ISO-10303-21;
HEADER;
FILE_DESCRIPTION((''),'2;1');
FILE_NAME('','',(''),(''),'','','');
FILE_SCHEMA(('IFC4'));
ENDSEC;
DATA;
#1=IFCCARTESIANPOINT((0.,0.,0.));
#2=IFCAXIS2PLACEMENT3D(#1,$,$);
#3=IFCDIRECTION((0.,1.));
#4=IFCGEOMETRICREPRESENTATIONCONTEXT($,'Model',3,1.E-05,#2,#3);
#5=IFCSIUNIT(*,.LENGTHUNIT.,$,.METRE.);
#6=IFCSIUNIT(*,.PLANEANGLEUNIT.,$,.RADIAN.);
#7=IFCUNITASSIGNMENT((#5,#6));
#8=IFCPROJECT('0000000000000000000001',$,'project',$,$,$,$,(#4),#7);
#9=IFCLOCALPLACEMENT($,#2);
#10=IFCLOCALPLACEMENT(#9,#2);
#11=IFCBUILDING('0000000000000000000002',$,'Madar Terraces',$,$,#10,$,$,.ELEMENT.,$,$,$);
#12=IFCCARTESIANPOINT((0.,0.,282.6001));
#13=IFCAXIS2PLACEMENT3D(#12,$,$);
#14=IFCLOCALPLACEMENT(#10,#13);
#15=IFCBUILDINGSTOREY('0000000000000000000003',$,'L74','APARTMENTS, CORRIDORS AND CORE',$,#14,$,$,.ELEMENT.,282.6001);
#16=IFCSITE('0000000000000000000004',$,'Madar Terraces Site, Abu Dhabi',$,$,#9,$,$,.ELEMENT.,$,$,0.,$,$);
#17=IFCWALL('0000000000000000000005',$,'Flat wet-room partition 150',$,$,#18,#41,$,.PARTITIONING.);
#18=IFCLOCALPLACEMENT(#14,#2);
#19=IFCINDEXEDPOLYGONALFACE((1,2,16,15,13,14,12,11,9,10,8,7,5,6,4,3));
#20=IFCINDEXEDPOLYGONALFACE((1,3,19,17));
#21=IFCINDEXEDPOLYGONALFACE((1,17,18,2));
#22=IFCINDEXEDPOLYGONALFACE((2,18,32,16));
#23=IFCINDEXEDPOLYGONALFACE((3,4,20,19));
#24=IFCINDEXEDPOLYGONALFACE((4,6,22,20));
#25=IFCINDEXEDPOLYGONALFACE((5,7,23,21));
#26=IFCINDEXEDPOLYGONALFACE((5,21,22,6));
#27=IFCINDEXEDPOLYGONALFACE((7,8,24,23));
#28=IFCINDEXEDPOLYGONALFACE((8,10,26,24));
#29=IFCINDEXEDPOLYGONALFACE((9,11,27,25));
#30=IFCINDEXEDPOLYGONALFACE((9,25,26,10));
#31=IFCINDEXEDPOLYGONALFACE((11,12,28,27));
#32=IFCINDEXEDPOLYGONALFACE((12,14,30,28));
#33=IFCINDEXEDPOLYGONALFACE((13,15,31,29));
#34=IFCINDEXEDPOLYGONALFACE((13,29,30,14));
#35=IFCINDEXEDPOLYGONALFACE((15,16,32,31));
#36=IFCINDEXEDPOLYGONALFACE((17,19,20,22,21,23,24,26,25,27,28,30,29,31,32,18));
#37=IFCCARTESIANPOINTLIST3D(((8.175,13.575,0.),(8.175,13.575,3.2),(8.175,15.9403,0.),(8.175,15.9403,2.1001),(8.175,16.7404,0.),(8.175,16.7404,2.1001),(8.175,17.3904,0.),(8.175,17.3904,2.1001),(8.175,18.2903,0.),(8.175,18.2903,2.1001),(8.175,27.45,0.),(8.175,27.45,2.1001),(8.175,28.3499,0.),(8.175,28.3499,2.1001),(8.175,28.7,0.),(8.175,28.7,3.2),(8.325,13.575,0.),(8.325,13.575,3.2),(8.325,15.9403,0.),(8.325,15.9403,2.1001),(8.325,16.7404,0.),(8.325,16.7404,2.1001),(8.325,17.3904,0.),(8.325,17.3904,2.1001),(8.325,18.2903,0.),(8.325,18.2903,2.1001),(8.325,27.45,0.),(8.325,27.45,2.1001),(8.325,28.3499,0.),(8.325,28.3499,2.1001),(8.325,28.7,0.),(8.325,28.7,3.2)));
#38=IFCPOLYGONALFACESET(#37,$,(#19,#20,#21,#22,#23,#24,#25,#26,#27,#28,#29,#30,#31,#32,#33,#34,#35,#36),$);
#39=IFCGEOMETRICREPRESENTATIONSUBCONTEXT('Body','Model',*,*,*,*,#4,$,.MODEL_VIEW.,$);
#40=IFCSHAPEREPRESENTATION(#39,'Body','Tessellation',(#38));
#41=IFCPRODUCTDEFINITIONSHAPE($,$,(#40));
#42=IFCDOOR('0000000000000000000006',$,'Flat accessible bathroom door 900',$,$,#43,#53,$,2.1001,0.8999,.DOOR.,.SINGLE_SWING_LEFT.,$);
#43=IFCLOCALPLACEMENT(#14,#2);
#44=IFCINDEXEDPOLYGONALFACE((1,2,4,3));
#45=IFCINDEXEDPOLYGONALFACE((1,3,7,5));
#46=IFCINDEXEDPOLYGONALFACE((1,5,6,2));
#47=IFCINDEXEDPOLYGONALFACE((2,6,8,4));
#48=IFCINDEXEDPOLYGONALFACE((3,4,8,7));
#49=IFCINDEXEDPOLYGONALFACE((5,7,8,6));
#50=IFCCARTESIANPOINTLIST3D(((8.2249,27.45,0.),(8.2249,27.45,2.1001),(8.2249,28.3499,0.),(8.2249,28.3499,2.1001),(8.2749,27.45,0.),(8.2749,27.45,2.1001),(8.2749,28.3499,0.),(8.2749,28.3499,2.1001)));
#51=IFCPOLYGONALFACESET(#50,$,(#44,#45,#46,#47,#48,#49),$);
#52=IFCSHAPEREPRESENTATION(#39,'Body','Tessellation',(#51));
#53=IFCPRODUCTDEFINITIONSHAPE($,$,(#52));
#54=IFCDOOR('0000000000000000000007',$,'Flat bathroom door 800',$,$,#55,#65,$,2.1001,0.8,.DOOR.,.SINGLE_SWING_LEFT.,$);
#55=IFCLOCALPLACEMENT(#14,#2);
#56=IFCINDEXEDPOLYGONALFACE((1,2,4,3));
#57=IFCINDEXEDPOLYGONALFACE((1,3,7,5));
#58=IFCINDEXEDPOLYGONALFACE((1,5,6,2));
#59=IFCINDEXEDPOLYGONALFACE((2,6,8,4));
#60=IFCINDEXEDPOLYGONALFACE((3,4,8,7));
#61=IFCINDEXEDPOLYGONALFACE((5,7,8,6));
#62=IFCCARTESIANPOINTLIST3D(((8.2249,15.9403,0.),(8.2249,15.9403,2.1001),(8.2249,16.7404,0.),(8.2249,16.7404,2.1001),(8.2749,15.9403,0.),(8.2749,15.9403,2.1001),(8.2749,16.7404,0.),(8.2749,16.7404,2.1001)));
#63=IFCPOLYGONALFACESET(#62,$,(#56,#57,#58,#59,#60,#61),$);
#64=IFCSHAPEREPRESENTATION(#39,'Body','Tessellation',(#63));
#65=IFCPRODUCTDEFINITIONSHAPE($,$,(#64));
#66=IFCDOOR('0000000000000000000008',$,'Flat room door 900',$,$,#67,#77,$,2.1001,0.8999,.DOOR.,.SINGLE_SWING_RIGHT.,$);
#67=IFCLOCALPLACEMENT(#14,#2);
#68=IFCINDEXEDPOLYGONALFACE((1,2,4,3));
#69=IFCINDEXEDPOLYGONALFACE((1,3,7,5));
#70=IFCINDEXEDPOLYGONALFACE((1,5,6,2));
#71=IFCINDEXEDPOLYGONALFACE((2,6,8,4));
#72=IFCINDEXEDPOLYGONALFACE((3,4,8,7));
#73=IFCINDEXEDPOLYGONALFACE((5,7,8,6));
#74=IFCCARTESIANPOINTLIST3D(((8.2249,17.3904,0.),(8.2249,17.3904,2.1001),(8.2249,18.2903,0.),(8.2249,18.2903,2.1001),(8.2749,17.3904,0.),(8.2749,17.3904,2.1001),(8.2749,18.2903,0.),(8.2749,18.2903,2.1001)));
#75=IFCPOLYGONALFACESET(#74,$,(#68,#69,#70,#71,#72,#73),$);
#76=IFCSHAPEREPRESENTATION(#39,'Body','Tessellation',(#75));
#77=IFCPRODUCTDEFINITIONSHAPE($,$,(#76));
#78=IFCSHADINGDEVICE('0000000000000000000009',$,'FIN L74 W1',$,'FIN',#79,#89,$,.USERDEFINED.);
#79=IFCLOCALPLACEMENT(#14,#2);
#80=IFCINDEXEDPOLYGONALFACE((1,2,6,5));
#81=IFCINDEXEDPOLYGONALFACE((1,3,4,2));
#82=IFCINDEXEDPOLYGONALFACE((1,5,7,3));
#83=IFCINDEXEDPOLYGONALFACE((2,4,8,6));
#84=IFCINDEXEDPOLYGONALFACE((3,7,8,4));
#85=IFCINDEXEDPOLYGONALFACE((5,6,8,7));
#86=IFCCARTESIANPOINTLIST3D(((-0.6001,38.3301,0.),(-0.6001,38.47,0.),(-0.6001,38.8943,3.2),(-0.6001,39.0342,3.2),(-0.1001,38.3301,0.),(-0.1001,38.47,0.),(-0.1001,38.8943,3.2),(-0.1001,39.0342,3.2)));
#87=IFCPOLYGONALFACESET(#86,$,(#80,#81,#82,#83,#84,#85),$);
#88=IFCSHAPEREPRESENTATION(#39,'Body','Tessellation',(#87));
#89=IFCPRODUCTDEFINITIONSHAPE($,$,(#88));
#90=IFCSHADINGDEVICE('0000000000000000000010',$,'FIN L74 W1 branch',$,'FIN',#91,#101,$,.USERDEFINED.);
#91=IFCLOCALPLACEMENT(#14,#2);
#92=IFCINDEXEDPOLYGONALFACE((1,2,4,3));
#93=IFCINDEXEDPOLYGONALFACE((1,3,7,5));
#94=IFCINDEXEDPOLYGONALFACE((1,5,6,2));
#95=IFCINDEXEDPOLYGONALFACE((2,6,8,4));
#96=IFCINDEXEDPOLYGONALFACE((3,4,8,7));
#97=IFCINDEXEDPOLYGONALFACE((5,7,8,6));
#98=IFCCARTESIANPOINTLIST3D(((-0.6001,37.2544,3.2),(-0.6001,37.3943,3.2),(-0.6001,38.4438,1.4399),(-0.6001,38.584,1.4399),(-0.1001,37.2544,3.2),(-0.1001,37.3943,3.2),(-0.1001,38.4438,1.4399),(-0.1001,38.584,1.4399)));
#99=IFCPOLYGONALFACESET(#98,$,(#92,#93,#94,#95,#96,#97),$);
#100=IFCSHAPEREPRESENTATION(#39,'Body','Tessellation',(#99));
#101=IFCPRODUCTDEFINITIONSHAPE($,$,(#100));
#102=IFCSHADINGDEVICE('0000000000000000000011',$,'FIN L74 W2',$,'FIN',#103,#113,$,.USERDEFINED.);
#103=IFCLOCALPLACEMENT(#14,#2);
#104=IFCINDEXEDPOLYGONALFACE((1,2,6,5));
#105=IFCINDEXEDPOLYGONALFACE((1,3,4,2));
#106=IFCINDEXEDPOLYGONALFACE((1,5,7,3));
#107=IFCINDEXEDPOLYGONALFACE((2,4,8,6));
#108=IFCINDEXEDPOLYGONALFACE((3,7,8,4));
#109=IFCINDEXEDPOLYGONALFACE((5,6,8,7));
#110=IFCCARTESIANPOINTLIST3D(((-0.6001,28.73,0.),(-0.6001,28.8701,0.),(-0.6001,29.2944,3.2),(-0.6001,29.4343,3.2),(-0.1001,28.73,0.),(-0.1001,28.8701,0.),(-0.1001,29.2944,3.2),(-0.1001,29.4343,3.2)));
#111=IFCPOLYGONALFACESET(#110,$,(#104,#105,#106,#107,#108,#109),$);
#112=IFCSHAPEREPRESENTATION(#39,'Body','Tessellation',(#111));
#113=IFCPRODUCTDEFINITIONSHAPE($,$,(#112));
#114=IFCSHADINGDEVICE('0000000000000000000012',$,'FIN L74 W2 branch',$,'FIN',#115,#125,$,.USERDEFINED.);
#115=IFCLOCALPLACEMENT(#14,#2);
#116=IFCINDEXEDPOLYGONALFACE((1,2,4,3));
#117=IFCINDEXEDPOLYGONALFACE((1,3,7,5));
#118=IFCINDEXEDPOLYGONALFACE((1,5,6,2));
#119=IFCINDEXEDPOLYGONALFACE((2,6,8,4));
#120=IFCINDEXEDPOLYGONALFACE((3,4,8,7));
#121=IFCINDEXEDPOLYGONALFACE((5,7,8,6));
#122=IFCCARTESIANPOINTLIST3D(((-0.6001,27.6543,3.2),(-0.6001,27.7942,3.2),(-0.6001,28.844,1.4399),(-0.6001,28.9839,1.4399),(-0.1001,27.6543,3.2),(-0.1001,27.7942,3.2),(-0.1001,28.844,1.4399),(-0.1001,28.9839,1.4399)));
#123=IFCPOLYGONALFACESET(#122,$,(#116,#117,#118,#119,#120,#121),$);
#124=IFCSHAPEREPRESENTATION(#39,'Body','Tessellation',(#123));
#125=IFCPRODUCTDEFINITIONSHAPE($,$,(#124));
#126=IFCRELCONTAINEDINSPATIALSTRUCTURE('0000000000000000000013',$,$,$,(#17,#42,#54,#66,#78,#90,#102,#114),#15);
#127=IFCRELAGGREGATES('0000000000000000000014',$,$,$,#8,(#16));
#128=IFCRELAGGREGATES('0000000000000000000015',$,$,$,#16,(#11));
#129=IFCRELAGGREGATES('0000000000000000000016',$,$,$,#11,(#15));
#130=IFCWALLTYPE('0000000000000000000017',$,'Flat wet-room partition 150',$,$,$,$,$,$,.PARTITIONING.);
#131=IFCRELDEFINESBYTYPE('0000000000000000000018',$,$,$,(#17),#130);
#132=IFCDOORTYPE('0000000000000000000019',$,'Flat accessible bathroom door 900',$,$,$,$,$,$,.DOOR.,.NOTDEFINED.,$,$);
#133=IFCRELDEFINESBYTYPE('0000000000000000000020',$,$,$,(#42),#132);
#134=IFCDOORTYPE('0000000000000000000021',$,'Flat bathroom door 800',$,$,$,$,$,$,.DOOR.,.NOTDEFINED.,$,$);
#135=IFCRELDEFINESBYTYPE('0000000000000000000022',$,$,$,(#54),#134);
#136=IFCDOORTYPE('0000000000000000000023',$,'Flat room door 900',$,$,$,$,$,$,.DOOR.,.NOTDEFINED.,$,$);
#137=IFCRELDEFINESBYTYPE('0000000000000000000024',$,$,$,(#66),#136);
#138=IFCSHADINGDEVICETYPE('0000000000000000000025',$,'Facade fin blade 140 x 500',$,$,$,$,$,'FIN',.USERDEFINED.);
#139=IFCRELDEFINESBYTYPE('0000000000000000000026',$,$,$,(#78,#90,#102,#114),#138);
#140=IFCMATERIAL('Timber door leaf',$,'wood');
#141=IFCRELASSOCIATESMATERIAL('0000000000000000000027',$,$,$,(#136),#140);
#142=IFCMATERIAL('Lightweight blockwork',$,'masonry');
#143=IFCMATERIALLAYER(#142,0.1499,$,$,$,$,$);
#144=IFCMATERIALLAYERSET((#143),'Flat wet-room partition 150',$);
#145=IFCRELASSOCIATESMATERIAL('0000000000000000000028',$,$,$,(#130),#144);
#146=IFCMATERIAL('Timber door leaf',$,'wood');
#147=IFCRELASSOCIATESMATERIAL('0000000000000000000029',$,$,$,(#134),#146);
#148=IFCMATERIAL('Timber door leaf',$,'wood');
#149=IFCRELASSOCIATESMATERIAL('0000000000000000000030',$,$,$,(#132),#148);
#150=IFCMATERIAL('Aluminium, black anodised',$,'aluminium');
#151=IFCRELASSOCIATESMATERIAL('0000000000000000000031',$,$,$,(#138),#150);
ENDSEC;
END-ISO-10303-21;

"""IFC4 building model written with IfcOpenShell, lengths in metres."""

from ifc_helpers import new_model, si_unit, direction, frame, frame_2d, origin, place, context, subcontext, project, spatial, polyline, rectangle, outline, extrude, material, layer, layer_set, type_object, element, fill, save


model = new_model("IFC4")

# Units and contexts
model_context = context("Model", 3, precision=1e-05, world=origin(), true_north=direction((0.0, 1.0)))
body_context = subcontext(model_context, "Body", "Model", "MODEL_VIEW")
ifc_project = project(units=[si_unit("LENGTHUNIT", "METRE"), si_unit("PLANEANGLEUNIT", "RADIAN")], contexts=[model_context])

# Site, building, storey
site_placement = place(None, origin())
site = spatial("IfcSite", under=ifc_project, at=site_placement, Name="Madar Terraces Site, Abu Dhabi", CompositionType="ELEMENT", RefElevation=0.0)
building_placement = place(site_placement, origin())
building = spatial("IfcBuilding", under=site, at=building_placement, Name="Madar Terraces", CompositionType="ELEMENT")
storey_placement = place(building_placement, frame((0.0, 0.0, 282.6001)))
storey = spatial("IfcBuildingStorey", under=building, at=storey_placement, Name="L74", Description="APARTMENTS, CORRIDORS AND CORE", CompositionType="ELEMENT", Elevation=282.6001)

# Shared definitions
ifc_material_1 = material(Name="Timber door leaf", Category="wood")
door_type_1 = type_object("IfcDoorType", Name="Flat room door 900", OperationType="NOTDEFINED", PredefinedType="DOOR", material=ifc_material_1)

# Wall, openings, doors
ifc_material_2 = material(Name="Lightweight blockwork", Category="masonry")
ifc_layer_1 = layer(ifc_material_2, 0.1499)
ifc_layer_set_1 = layer_set([ifc_layer_1], Name="Flat wet-room partition 150")
wall_type_1 = type_object("IfcWallType", Name="Flat wet-room partition 150", PredefinedType="PARTITIONING", material=ifc_layer_set_1)
ifc_material_3 = material(Name="Timber door leaf", Category="wood")
door_type_2 = type_object("IfcDoorType", Name="Flat bathroom door 800", OperationType="NOTDEFINED", PredefinedType="DOOR", material=ifc_material_3)
wall_1_placement = place(storey_placement, frame((8.25, 28.7, 0.0), z_axis=(0.0, 0.0, 1.0), x_axis=(0.0, -1.0, 0.0)))
wall_1 = element("IfcWall", 1, at=wall_1_placement, inside=storey, type_object=wall_type_1, Name="Flat wet-room partition 150", PredefinedType="PARTITIONING", context=body_context, shape_type="SweptSolid", body=[
    extrude(rectangle(XDim=15.125, YDim=0.1499, at=frame_2d((7.5625, 0.0))), origin(), (0.0, 0.0, 1.0), 3.2),
])
opening_1_placement = place(wall_1_placement, frame((11.9597, 0.0, 0.0)))
opening_1 = element("IfcOpeningElement", 2, at=opening_1_placement, cuts=wall_1, PredefinedType="OPENING", context=body_context, shape_type="SweptSolid", body=[
    extrude(rectangle(XDim=0.8, YDim=2.1001, at=frame_2d((0.3999, 1.05))), frame((0.0, 0.085, 0.0), z_axis=(0.0, -1.0, 0.0), x_axis=(1.0, 0.0, 0.0)), (0.0, 0.0, 1.0), 0.1699),
])
opening_2_placement = place(wall_1_placement, frame((10.4097, 0.0, 0.0)))
opening_2 = element("IfcOpeningElement", 3, at=opening_2_placement, cuts=wall_1, PredefinedType="OPENING", context=body_context, shape_type="SweptSolid", body=[
    extrude(rectangle(XDim=0.8999, YDim=2.1001, at=frame_2d((0.45, 1.05))), frame((0.0, 0.085, 0.0), z_axis=(0.0, -1.0, 0.0), x_axis=(1.0, 0.0, 0.0)), (0.0, 0.0, 1.0), 0.1699),
])
opening_3_placement = place(wall_1_placement, frame((0.3501, 0.0, 0.0)))
opening_3 = element("IfcOpeningElement", 4, at=opening_3_placement, cuts=wall_1, PredefinedType="OPENING", context=body_context, shape_type="SweptSolid", body=[
    extrude(rectangle(XDim=0.8999, YDim=2.1001, at=frame_2d((0.45, 1.05))), frame((0.0, 0.085, 0.0), z_axis=(0.0, -1.0, 0.0), x_axis=(1.0, 0.0, 0.0)), (0.0, 0.0, 1.0), 0.1699),
])
ifc_material_4 = material(Name="Timber door leaf", Category="wood")
door_type_3 = type_object("IfcDoorType", Name="Flat accessible bathroom door 900", OperationType="NOTDEFINED", PredefinedType="DOOR", material=ifc_material_4)
door_1_placement = place(opening_3_placement, origin())
door_1 = element("IfcDoor", 5, at=door_1_placement, inside=storey, type_object=door_type_3, Name="Flat accessible bathroom door 900", OperationType="SINGLE_SWING_LEFT", OverallHeight=2.1001, OverallWidth=0.8999, PredefinedType="DOOR", context=body_context, shape_type="SweptSolid", body=[
    extrude(rectangle(XDim=0.8999, YDim=2.1001, at=frame_2d((0.45, 1.05))), frame((0.0, 0.0249, 0.0), z_axis=(0.0, -1.0, 0.0), x_axis=(1.0, 0.0, 0.0)), (0.0, 0.0, 1.0), 0.05),
])
fill(opening_3, door_1)
door_2_placement = place(opening_1_placement, origin())
door_2 = element("IfcDoor", 6, at=door_2_placement, inside=storey, type_object=door_type_2, Name="Flat bathroom door 800", OperationType="SINGLE_SWING_LEFT", OverallHeight=2.1001, OverallWidth=0.8, PredefinedType="DOOR", context=body_context, shape_type="SweptSolid", body=[
    extrude(rectangle(XDim=0.8, YDim=2.1001, at=frame_2d((0.3999, 1.05))), frame((0.0, 0.0249, 0.0), z_axis=(0.0, -1.0, 0.0), x_axis=(1.0, 0.0, 0.0)), (0.0, 0.0, 1.0), 0.05),
])
fill(opening_1, door_2)
door_3_placement = place(opening_2_placement, origin())
door_3 = element("IfcDoor", 7, at=door_3_placement, inside=storey, type_object=door_type_1, Name="Flat room door 900", OperationType="SINGLE_SWING_RIGHT", OverallHeight=2.1001, OverallWidth=0.8999, PredefinedType="DOOR", context=body_context, shape_type="SweptSolid", body=[
    extrude(rectangle(XDim=0.8999, YDim=2.1001, at=frame_2d((0.45, 1.05))), frame((0.0, 0.0249, 0.0), z_axis=(0.0, -1.0, 0.0), x_axis=(1.0, 0.0, 0.0)), (0.0, 0.0, 1.0), 0.05),
])
fill(opening_2, door_3)

# Shading devices
ifc_material_5 = material(Name="Aluminium, black anodised", Category="aluminium")
shading_device_type = type_object("IfcShadingDeviceType", Name="Facade fin blade 140 x 500", ElementType="FIN", PredefinedType="USERDEFINED", material=ifc_material_5)
shading_device_1_placement = place(storey_placement, frame((-0.3501, 38.47, 0.0), z_axis=(0.0, 0.0, 1.0), x_axis=(0.0, -1.0, 0.0)))
element("IfcShadingDevice", 8, at=shading_device_1_placement, inside=storey, type_object=shading_device_type, Name="FIN L74 W1", ObjectType="FIN", PredefinedType="USERDEFINED", context=body_context, shape_type="SweptSolid", body=[
    extrude(outline(polyline([(0.0, 0.0), (0.1399, 0.0), (-0.4243, 3.2), (-0.5642, 3.2), (0.0, 0.0)])), frame((0.0, 0.25, 0.0), z_axis=(0.0, -1.0, 0.0), x_axis=(1.0, 0.0, 0.0)), (0.0, 0.0, 1.0), 0.5),
])
shading_device_2_placement = place(storey_placement, frame((-0.3501, 38.584, 1.4399), z_axis=(0.0, 0.0, 1.0), x_axis=(0.0, -1.0, 0.0)))
element("IfcShadingDevice", 9, at=shading_device_2_placement, inside=storey, type_object=shading_device_type, Name="FIN L74 W1 branch", ObjectType="FIN", PredefinedType="USERDEFINED", context=body_context, shape_type="SweptSolid", body=[
    extrude(outline(polyline([(0.0, 0.0), (0.1401, 0.0), (1.3296, 1.76), (1.1897, 1.76), (0.0, 0.0)])), frame((0.0, 0.25, 0.0), z_axis=(0.0, -1.0, 0.0), x_axis=(1.0, 0.0, 0.0)), (0.0, 0.0, 1.0), 0.5),
])
shading_device_3_placement = place(storey_placement, frame((-0.3501, 28.8701, 0.0), z_axis=(0.0, 0.0, 1.0), x_axis=(0.0, -1.0, 0.0)))
element("IfcShadingDevice", 10, at=shading_device_3_placement, inside=storey, type_object=shading_device_type, Name="FIN L74 W2", ObjectType="FIN", PredefinedType="USERDEFINED", context=body_context, shape_type="SweptSolid", body=[
    extrude(outline(polyline([(0.0, 0.0), (0.1401, 0.0), (-0.4243, 3.2), (-0.5642, 3.2), (0.0, 0.0)])), frame((0.0, 0.25, 0.0), z_axis=(0.0, -1.0, 0.0), x_axis=(1.0, 0.0, 0.0)), (0.0, 0.0, 1.0), 0.5),
])
shading_device_4_placement = place(storey_placement, frame((-0.3501, 28.9839, 1.4399), z_axis=(0.0, 0.0, 1.0), x_axis=(0.0, -1.0, 0.0)))
element("IfcShadingDevice", 11, at=shading_device_4_placement, inside=storey, type_object=shading_device_type, Name="FIN L74 W2 branch", ObjectType="FIN", PredefinedType="USERDEFINED", context=body_context, shape_type="SweptSolid", body=[
    extrude(outline(polyline([(0.0, 0.0), (0.1399, 0.0), (1.3296, 1.76), (1.1897, 1.76), (0.0, 0.0)])), frame((0.0, 0.25, 0.0), z_axis=(0.0, -1.0, 0.0), x_axis=(1.0, 0.0, 0.0)), (0.0, 0.0, 1.0), 0.5),
])

save(model, "model.ifc")
